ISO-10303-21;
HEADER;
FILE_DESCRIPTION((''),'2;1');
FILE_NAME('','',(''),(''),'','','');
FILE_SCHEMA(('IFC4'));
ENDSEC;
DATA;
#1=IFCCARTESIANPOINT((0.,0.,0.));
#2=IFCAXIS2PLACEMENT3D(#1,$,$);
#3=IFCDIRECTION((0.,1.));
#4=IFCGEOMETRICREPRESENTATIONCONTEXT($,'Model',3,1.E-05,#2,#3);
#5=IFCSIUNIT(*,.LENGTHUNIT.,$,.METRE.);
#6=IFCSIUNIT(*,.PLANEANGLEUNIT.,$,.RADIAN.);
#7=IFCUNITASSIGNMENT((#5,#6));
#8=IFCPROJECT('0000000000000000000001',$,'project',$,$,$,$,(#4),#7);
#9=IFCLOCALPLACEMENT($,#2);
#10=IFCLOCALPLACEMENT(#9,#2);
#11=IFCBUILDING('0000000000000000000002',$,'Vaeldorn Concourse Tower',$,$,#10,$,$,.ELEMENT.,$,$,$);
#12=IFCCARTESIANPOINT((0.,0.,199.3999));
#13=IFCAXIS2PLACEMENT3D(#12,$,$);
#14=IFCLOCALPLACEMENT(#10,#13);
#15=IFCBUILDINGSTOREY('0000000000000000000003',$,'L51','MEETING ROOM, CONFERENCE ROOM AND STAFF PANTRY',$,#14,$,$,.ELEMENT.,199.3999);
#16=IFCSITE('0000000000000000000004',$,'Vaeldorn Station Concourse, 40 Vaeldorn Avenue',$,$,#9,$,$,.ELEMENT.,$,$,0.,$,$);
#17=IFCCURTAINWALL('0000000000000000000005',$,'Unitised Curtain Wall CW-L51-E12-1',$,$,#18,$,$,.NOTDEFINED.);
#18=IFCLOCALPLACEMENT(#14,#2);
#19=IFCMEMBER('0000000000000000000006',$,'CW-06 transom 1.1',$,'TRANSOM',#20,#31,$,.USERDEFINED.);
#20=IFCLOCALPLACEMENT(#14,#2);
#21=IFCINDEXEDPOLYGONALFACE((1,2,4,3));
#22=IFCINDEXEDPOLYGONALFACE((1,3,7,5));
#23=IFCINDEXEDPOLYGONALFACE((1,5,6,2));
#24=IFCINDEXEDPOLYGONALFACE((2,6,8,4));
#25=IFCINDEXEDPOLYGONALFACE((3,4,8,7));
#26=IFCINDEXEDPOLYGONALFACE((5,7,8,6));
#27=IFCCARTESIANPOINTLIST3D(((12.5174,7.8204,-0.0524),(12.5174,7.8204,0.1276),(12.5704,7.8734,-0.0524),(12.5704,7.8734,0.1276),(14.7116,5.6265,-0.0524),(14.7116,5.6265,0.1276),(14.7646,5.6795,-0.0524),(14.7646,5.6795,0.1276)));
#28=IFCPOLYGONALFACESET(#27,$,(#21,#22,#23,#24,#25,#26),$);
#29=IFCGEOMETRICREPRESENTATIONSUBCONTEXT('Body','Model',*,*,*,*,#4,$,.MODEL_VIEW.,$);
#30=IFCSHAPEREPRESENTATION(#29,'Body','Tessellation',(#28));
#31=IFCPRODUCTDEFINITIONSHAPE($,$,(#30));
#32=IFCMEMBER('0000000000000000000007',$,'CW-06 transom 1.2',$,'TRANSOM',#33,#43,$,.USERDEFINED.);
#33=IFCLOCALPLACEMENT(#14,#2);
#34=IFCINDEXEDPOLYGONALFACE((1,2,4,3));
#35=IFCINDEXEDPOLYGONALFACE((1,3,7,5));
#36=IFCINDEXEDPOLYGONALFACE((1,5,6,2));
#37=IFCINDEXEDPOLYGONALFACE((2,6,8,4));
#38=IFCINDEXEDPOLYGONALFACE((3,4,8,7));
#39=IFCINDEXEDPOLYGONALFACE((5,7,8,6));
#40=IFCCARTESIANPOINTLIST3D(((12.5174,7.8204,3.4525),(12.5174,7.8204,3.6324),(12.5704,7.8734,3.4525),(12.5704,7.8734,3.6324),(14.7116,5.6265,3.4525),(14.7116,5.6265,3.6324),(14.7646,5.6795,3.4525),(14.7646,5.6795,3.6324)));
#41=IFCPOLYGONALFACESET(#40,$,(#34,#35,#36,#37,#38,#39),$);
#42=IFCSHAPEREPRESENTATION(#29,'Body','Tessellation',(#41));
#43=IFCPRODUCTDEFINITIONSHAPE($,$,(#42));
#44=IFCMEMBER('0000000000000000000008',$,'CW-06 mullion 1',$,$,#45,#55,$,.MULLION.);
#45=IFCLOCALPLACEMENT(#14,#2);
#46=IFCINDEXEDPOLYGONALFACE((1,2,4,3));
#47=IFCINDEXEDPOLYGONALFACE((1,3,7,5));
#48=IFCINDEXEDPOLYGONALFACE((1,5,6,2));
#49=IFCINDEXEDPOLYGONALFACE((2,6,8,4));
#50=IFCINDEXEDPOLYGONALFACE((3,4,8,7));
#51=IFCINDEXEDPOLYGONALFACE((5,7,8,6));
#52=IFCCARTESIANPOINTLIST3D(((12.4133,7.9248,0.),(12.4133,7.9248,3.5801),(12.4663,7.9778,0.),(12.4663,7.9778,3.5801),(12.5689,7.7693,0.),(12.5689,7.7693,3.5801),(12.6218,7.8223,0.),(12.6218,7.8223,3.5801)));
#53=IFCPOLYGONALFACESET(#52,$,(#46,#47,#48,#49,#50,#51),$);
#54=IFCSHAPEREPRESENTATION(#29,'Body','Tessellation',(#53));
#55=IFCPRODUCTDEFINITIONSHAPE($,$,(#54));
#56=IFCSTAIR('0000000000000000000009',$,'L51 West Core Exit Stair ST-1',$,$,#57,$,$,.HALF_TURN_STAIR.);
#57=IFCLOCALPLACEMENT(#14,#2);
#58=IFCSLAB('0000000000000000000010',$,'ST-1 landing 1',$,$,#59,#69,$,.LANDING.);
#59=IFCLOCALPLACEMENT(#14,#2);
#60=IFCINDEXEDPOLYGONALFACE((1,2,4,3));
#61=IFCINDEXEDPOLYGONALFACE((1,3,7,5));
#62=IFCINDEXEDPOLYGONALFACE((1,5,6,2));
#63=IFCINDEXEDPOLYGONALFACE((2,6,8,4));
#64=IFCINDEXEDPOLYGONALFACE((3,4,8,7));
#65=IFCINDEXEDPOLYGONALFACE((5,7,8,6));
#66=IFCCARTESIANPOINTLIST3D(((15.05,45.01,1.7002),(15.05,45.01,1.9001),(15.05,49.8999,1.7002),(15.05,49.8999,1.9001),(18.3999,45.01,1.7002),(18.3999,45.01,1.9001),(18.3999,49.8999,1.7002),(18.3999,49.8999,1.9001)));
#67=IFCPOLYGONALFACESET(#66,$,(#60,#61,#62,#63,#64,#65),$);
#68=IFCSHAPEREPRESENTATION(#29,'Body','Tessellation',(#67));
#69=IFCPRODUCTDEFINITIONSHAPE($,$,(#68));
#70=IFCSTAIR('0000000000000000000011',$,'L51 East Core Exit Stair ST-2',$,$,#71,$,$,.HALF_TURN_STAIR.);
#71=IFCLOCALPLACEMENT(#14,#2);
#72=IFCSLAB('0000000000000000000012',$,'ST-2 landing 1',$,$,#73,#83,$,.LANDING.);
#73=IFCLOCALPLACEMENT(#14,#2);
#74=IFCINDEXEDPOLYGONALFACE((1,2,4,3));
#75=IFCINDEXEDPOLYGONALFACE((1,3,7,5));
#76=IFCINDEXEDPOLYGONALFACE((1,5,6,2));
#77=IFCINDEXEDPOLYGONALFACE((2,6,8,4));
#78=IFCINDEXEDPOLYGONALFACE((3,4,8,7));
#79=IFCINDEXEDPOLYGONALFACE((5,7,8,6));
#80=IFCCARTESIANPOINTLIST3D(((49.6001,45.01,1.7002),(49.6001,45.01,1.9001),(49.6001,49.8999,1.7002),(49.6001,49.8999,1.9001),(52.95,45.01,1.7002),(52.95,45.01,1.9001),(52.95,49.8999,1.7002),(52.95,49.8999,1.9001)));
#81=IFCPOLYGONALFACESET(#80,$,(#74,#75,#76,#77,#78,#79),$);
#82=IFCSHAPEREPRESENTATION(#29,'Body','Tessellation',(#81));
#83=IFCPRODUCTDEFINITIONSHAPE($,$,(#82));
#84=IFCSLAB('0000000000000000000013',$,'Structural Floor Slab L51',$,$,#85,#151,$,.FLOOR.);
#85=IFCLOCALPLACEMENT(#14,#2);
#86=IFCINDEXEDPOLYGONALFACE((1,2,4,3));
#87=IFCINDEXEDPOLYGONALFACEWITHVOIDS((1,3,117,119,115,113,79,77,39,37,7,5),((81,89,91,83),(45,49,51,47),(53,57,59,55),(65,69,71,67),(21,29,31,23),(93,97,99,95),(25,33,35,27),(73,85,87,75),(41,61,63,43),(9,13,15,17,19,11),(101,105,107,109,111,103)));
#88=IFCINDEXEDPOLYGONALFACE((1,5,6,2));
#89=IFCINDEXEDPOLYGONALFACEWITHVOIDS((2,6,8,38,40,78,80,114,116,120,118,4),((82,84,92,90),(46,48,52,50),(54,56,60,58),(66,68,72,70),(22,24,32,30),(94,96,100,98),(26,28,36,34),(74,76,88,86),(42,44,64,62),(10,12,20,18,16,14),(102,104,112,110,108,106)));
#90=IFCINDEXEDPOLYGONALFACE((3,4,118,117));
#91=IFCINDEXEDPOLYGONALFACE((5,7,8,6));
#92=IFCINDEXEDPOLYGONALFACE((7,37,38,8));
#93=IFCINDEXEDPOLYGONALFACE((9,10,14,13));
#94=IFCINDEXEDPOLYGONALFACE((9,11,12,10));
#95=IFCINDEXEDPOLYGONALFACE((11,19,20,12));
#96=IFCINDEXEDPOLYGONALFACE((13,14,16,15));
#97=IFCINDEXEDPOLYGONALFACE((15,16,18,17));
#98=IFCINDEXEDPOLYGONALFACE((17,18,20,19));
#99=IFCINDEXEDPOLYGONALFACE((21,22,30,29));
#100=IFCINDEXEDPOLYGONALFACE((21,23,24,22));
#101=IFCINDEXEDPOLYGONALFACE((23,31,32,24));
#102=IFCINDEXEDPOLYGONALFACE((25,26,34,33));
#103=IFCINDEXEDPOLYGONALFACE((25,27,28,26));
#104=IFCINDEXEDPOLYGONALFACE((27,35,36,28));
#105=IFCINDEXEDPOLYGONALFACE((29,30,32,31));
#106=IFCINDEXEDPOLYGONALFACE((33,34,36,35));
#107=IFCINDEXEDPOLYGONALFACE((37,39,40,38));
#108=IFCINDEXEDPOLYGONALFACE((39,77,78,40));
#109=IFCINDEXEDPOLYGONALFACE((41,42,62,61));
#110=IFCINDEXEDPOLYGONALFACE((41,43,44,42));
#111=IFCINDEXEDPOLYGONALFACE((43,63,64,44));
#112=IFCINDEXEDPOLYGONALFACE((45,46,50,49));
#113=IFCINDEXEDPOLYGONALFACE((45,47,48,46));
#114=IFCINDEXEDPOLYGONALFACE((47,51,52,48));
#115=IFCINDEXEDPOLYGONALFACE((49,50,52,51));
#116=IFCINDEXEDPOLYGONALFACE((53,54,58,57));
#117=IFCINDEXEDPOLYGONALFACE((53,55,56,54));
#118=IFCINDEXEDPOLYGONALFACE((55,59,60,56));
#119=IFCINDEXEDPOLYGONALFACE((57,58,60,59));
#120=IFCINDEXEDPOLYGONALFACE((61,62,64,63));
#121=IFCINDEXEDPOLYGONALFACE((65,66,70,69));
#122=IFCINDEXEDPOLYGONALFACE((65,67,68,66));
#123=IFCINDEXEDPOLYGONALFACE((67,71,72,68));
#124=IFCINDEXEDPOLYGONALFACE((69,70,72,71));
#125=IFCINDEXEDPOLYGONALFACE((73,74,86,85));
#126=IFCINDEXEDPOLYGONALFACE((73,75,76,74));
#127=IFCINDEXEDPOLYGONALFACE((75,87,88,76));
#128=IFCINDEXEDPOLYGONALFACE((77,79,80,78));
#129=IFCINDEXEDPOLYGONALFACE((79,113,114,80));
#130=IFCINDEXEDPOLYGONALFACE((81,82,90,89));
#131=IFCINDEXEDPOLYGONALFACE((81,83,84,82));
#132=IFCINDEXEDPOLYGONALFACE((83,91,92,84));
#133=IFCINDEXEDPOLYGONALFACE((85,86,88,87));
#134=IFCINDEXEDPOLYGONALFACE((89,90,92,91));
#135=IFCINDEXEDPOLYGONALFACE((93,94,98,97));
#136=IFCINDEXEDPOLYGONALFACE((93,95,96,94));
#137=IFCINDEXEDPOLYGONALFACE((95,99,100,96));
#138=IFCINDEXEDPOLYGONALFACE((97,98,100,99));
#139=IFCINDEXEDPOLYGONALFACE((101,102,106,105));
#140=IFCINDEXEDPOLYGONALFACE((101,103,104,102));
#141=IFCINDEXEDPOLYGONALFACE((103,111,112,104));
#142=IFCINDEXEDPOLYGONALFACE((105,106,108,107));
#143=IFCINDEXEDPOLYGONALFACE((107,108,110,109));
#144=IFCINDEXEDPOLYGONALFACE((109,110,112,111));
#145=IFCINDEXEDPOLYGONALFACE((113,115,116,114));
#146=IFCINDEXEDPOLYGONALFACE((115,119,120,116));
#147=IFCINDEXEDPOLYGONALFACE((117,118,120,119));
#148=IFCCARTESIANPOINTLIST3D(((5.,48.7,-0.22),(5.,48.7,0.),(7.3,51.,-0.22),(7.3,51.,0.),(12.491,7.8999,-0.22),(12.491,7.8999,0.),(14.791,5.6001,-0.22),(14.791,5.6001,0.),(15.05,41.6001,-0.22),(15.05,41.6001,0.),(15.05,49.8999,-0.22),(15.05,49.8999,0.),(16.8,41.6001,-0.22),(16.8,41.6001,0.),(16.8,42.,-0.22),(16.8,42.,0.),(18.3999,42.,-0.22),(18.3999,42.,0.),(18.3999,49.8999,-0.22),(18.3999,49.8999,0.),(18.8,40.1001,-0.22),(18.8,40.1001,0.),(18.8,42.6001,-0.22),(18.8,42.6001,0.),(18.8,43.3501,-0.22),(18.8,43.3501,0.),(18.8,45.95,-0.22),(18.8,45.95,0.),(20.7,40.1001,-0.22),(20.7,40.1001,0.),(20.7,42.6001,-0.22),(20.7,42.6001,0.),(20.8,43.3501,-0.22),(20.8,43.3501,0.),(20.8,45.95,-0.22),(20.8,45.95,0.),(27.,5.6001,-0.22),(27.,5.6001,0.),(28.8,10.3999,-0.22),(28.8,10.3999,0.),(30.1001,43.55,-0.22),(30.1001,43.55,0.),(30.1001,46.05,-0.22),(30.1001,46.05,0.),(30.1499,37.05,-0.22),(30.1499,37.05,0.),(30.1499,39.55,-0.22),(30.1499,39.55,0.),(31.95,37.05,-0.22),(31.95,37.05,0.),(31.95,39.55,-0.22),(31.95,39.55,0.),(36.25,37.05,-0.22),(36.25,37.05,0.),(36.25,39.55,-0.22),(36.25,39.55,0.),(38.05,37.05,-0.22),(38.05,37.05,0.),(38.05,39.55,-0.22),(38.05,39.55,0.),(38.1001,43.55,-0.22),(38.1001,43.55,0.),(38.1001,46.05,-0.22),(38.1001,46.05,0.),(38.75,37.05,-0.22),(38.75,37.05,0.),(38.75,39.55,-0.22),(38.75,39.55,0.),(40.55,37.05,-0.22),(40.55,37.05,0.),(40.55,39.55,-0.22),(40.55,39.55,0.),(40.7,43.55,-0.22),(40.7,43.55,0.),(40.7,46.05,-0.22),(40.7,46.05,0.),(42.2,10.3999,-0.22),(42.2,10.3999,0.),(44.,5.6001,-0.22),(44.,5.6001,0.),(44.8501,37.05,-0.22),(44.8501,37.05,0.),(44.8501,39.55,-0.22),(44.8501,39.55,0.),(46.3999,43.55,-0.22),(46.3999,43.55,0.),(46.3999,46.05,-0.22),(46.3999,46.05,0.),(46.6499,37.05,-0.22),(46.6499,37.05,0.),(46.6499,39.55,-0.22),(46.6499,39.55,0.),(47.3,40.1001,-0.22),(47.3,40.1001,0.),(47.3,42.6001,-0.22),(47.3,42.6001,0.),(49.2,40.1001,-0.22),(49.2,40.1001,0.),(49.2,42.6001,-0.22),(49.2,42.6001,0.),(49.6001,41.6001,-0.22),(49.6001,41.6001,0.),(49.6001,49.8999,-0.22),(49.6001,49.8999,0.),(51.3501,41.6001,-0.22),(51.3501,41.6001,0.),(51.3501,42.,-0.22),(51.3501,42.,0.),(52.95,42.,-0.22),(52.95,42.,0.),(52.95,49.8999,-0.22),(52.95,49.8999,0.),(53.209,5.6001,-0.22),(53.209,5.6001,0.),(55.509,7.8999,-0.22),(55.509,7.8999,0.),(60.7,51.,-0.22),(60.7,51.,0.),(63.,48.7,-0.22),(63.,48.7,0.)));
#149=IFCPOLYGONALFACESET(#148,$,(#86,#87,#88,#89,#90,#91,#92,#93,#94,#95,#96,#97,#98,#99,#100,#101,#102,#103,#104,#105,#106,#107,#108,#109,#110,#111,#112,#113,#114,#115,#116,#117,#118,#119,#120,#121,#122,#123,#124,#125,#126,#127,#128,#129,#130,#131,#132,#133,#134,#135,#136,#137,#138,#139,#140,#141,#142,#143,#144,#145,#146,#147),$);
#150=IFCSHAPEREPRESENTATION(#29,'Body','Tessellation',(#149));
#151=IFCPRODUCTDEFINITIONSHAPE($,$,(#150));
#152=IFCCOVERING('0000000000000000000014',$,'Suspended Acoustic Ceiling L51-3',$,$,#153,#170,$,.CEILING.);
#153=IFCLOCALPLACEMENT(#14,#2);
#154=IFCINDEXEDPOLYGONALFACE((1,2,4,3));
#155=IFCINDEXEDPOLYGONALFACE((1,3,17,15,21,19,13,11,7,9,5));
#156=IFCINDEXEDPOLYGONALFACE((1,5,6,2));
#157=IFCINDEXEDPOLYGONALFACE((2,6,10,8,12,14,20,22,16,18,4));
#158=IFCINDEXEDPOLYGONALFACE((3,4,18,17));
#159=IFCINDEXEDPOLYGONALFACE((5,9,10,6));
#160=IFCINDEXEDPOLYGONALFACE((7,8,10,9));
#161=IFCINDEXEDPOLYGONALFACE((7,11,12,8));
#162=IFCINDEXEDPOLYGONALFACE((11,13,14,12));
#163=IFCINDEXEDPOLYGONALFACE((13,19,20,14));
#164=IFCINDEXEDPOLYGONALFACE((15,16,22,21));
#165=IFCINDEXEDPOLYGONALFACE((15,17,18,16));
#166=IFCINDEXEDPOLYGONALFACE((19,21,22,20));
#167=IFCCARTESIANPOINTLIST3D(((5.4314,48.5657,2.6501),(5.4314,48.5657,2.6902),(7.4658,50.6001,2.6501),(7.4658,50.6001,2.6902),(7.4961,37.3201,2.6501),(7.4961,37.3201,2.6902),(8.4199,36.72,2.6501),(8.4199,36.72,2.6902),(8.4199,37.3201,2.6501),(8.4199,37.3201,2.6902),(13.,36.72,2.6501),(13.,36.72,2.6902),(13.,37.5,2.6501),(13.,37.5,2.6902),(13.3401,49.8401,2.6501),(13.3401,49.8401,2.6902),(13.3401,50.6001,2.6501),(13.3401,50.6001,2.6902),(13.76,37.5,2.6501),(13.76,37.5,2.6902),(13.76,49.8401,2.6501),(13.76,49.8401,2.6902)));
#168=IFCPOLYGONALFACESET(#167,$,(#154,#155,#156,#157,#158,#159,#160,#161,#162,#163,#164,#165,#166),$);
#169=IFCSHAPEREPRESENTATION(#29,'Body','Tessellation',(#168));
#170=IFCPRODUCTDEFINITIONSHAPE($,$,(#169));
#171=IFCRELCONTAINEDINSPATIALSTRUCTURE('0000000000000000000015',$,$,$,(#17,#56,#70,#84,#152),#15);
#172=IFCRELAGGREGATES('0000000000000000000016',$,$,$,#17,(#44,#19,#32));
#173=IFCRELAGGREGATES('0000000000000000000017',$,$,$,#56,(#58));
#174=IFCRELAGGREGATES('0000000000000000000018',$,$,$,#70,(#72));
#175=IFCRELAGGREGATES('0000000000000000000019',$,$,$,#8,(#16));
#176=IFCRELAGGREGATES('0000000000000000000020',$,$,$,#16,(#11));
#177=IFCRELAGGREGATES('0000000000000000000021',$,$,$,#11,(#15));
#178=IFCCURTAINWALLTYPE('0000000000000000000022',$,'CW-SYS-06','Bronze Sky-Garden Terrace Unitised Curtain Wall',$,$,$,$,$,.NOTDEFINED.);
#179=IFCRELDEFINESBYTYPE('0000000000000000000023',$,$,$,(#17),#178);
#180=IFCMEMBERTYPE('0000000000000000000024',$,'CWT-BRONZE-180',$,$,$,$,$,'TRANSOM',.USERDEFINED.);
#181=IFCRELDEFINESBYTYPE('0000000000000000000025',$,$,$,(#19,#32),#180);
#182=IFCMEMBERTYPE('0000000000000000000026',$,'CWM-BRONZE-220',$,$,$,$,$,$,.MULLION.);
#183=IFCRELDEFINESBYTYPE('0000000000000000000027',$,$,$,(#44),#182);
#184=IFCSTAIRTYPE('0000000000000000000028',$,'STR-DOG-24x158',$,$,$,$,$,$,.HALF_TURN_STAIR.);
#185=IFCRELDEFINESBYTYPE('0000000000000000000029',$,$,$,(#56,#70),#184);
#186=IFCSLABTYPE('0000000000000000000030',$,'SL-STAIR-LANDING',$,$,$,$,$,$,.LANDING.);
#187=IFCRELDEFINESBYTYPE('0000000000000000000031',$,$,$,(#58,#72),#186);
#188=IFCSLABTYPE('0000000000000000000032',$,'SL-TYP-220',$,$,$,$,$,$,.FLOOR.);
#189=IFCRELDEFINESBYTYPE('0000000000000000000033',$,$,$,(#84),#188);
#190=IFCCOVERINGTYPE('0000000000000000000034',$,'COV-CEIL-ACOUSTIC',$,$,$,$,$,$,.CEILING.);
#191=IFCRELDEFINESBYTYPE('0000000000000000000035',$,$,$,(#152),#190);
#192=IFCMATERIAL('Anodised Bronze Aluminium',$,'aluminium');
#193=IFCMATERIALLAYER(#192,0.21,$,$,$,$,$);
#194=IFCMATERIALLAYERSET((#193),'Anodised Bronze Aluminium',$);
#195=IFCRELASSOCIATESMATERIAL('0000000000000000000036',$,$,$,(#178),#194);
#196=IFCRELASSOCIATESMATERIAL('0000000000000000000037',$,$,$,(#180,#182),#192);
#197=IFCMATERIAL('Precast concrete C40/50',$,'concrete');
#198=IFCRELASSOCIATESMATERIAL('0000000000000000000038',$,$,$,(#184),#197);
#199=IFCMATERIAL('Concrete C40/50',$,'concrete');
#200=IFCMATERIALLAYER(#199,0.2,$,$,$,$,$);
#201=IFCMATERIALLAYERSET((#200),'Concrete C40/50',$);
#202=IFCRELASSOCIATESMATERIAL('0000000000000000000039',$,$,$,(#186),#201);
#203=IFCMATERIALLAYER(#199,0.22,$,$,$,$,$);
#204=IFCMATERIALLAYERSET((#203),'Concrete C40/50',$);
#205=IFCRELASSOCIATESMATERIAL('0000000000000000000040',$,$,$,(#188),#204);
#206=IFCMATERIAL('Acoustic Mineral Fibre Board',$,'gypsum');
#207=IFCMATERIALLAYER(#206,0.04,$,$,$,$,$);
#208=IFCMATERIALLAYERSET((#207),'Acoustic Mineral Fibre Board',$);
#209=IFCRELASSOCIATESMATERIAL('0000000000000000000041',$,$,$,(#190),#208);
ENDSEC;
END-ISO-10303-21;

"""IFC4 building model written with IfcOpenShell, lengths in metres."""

from ifc_helpers import new_model, si_unit, direction, frame, origin, origin_2d, place, context, subcontext, project, spatial, polyline, rectangle, outline, extrude, source, transform, mapped, material, layer, layer_set, material_profile, profile_set, type_object, element, aggregate, save


model = new_model("IFC4")

# Units and contexts
model_context = context("Model", 3, precision=1e-05, world=origin(), true_north=direction((0.0, 1.0)))
body_context = subcontext(model_context, "Body", "Model", "MODEL_VIEW")
ifc_project = project(units=[si_unit("LENGTHUNIT", "METRE"), si_unit("PLANEANGLEUNIT", "RADIAN")], contexts=[model_context])

# Site, building, storey
site_placement = place(None, origin())
site = spatial("IfcSite", under=ifc_project, at=site_placement, Name="Vaeldorn Station Concourse, 40 Vaeldorn Avenue", CompositionType="ELEMENT", RefElevation=0.0)
building_placement = place(site_placement, origin())
building = spatial("IfcBuilding", under=site, at=building_placement, Name="Vaeldorn Concourse Tower", CompositionType="ELEMENT")
storey_placement = place(building_placement, frame((0.0, 0.0, 199.3999)))
storey = spatial("IfcBuildingStorey", under=building, at=storey_placement, Name="L51", Description="MEETING ROOM, CONFERENCE ROOM AND STAFF PANTRY", CompositionType="ELEMENT", Elevation=199.3999)

# Curtain wall, members
ifc_material_1 = material(Name="Anodised Bronze Aluminium", Category="aluminium")
ifc_layer_1 = layer(ifc_material_1, 0.21)
ifc_layer_set_1 = layer_set([ifc_layer_1], Name="Anodised Bronze Aluminium")
curtain_wall_type = type_object("IfcCurtainWallType", Name="CW-SYS-06", Description="Bronze Sky-Garden Terrace Unitised Curtain Wall", PredefinedType="NOTDEFINED", material=ifc_layer_set_1)
curtain_wall_placement = place(storey_placement, origin())
curtain_wall = element("IfcCurtainWall", 1, at=curtain_wall_placement, inside=storey, type_object=curtain_wall_type, Name="Unitised Curtain Wall CW-L51-E12-1", PredefinedType="NOTDEFINED")
ifc_material_profile_1 = material_profile(ifc_material_1, rectangle(XDim=0.075, YDim=0.1799, at=origin_2d()), Name="CWT 75x180")
ifc_profile_set_1 = profile_set([ifc_material_profile_1], Name="Anodised Bronze Aluminium")
member_type_1 = type_object("IfcMemberType", Name="CWT-BRONZE-180", ElementType="TRANSOM", PredefinedType="USERDEFINED", material=ifc_profile_set_1)
shared_shape_1 = source(origin(), body_context, "Body", "SweptSolid", [
    extrude(rectangle(XDim=0.075, YDim=0.1799, at=origin_2d()), origin(), (0.0, 0.0, 1.0), 3.1028),
])
member_1_placement = place(storey_placement, frame((12.5439, 7.8469, 0.0376), z_axis=(0.707146, -0.707067, 0.0), x_axis=(0.707067, 0.707146, 0.0)))
member_1 = element("IfcMember", 2, at=member_1_placement, type_object=member_type_1, Name="CW-06 transom 1.1", ObjectType="TRANSOM", PredefinedType="USERDEFINED", context=body_context, shape_type="MappedRepresentation", body=[
    mapped(shared_shape_1, transform((0.0, 0.0, 0.0), scale=1.0)),
])
member_2_placement = place(storey_placement, frame((12.5439, 7.8469, 3.5425), z_axis=(0.707146, -0.707067, 0.0), x_axis=(0.707067, 0.707146, 0.0)))
member_2 = element("IfcMember", 3, at=member_2_placement, type_object=member_type_1, Name="CW-06 transom 1.2", ObjectType="TRANSOM", PredefinedType="USERDEFINED", context=body_context, shape_type="MappedRepresentation", body=[
    mapped(shared_shape_1, transform((0.0, 0.0, 0.0), scale=1.0)),
])
ifc_material_profile_2 = material_profile(ifc_material_1, rectangle(XDim=0.075, YDim=0.22, at=origin_2d()), Name="CWM 75x220")
ifc_profile_set_2 = profile_set([ifc_material_profile_2], Name="Anodised Bronze Aluminium")
member_type_2 = type_object("IfcMemberType", Name="CWM-BRONZE-220", PredefinedType="MULLION", material=ifc_profile_set_2)
shared_shape_2 = source(origin(), body_context, "Body", "SweptSolid", [
    extrude(rectangle(XDim=0.075, YDim=0.22, at=origin_2d()), origin(), (0.0, 0.0, 1.0), 3.5801),
])
member_3_placement = place(storey_placement, frame((12.5176, 7.8735, 0.0), z_axis=(0.0, 0.0, 1.0), x_axis=(0.707107, 0.707107, 0.0)))
member_3 = element("IfcMember", 4, at=member_3_placement, type_object=member_type_2, Name="CW-06 mullion 1", PredefinedType="MULLION", context=body_context, shape_type="MappedRepresentation", body=[
    mapped(shared_shape_2, transform((0.0, 0.0, 0.0), scale=1.0)),
])
aggregate(curtain_wall, [member_3, member_1, member_2])

# Stairs, slabs
ifc_material_2 = material(Name="Precast concrete C40/50", Category="concrete")
stair_type = type_object("IfcStairType", Name="STR-DOG-24x158", PredefinedType="HALF_TURN_STAIR", material=ifc_material_2)
stair_1_placement = place(storey_placement, origin())
stair_1 = element("IfcStair", 5, at=stair_1_placement, inside=storey, type_object=stair_type, Name="L51 West Core Exit Stair ST-1", PredefinedType="HALF_TURN_STAIR")
ifc_material_3 = material(Name="Concrete C40/50", Category="concrete")
ifc_layer_2 = layer(ifc_material_3, 0.2)
ifc_layer_set_2 = layer_set([ifc_layer_2], Name="Concrete C40/50")
slab_type_1 = type_object("IfcSlabType", Name="SL-STAIR-LANDING", PredefinedType="LANDING", material=ifc_layer_set_2)
slab_1_placement = place(storey_placement, frame((0.0, 0.0, 1.7002)))
slab_1 = element("IfcSlab", 6, at=slab_1_placement, type_object=slab_type_1, Name="ST-1 landing 1", PredefinedType="LANDING", context=body_context, shape_type="SweptSolid", body=[
    extrude(outline(polyline([(18.3999, 45.01), (18.3999, 49.8999), (15.05, 49.8999), (15.05, 45.01), (18.3999, 45.01)])), origin(), (0.0, 0.0, 1.0), 0.2),
])
aggregate(stair_1, [slab_1])
stair_2_placement = place(storey_placement, origin())
stair_2 = element("IfcStair", 7, at=stair_2_placement, inside=storey, type_object=stair_type, Name="L51 East Core Exit Stair ST-2", PredefinedType="HALF_TURN_STAIR")
slab_2_placement = place(storey_placement, frame((0.0, 0.0, 1.7002)))
slab_2 = element("IfcSlab", 8, at=slab_2_placement, type_object=slab_type_1, Name="ST-2 landing 1", PredefinedType="LANDING", context=body_context, shape_type="SweptSolid", body=[
    extrude(outline(polyline([(52.95, 45.01), (52.95, 49.8999), (49.6001, 49.8999), (49.6001, 45.01), (52.95, 45.01)])), origin(), (0.0, 0.0, 1.0), 0.2),
])
aggregate(stair_2, [slab_2])

# Slab
ifc_layer_3 = layer(ifc_material_3, 0.22)
ifc_layer_set_3 = layer_set([ifc_layer_3], Name="Concrete C40/50")
slab_type_2 = type_object("IfcSlabType", Name="SL-TYP-220", PredefinedType="FLOOR", material=ifc_layer_set_3)
slab_3_placement = place(storey_placement, frame((0.0, 0.0, -0.22)))
element("IfcSlab", 9, at=slab_3_placement, inside=storey, type_object=slab_type_2, Name="Structural Floor Slab L51", PredefinedType="FLOOR", context=body_context, shape_type="SweptSolid", body=[
    extrude(outline(polyline([(14.791, 5.6001), (27.0, 5.6001), (28.8, 10.3999), (42.2, 10.3999), (44.0, 5.6001), (53.209, 5.6001), (55.509, 7.8999), (63.0, 48.7), (60.7, 51.0), (7.3, 51.0), (5.0, 48.7), (12.491, 7.8999), (14.791, 5.6001)]), holes=[polyline([(18.3999, 42.0), (18.3999, 49.8999), (15.05, 49.8999), (15.05, 41.6001), (16.8, 41.6001), (16.8, 42.0), (18.3999, 42.0)]), polyline([(52.95, 42.0), (52.95, 49.8999), (49.6001, 49.8999), (49.6001, 41.6001), (51.3501, 41.6001), (51.3501, 42.0), (52.95, 42.0)]), polyline([(30.1499, 37.05), (31.95, 37.05), (31.95, 39.55), (30.1499, 39.55), (30.1499, 37.05)]), polyline([(36.25, 37.05), (38.05, 37.05), (38.05, 39.55), (36.25, 39.55), (36.25, 37.05)]), polyline([(30.1001, 43.55), (38.1001, 43.55), (38.1001, 46.05), (30.1001, 46.05), (30.1001, 43.55)]), polyline([(38.75, 37.05), (40.55, 37.05), (40.55, 39.55), (38.75, 39.55), (38.75, 37.05)]), polyline([(44.8501, 37.05), (46.6499, 37.05), (46.6499, 39.55), (44.8501, 39.55), (44.8501, 37.05)]), polyline([(40.7, 43.55), (46.3999, 43.55), (46.3999, 46.05), (40.7, 46.05), (40.7, 43.55)]), polyline([(18.8, 43.3501), (20.8, 43.3501), (20.8, 45.95), (18.8, 45.95), (18.8, 43.3501)]), polyline([(18.8, 40.1001), (20.7, 40.1001), (20.7, 42.6001), (18.8, 42.6001), (18.8, 40.1001)]), polyline([(47.3, 40.1001), (49.2, 40.1001), (49.2, 42.6001), (47.3, 42.6001), (47.3, 40.1001)])]), origin(), (0.0, 0.0, 1.0), 0.22),
])

# Covering
ifc_material_4 = material(Name="Acoustic Mineral Fibre Board", Category="gypsum")
ifc_layer_4 = layer(ifc_material_4, 0.04)
ifc_layer_set_4 = layer_set([ifc_layer_4], Name="Acoustic Mineral Fibre Board")
covering_type_1 = type_object("IfcCoveringType", Name="COV-CEIL-ACOUSTIC", PredefinedType="CEILING", material=ifc_layer_set_4)
covering_1_placement = place(storey_placement, frame((0.0, 0.0, 2.6501)))
element("IfcCovering", 10, at=covering_1_placement, inside=storey, type_object=covering_type_1, Name="Suspended Acoustic Ceiling L51-3", PredefinedType="CEILING", context=body_context, shape_type="SweptSolid", body=[
    extrude(outline(polyline([(7.4658, 50.6001), (13.3401, 50.6001), (13.3401, 49.8401), (13.76, 49.8401), (13.76, 37.5), (13.0, 37.5), (13.0, 36.72), (8.4199, 36.72), (8.4199, 37.3201), (7.4961, 37.3201), (5.4314, 48.5657), (7.4658, 50.6001)])), origin(), (0.0, 0.0, 1.0), 0.04),
])

save(model, "model.ifc")
